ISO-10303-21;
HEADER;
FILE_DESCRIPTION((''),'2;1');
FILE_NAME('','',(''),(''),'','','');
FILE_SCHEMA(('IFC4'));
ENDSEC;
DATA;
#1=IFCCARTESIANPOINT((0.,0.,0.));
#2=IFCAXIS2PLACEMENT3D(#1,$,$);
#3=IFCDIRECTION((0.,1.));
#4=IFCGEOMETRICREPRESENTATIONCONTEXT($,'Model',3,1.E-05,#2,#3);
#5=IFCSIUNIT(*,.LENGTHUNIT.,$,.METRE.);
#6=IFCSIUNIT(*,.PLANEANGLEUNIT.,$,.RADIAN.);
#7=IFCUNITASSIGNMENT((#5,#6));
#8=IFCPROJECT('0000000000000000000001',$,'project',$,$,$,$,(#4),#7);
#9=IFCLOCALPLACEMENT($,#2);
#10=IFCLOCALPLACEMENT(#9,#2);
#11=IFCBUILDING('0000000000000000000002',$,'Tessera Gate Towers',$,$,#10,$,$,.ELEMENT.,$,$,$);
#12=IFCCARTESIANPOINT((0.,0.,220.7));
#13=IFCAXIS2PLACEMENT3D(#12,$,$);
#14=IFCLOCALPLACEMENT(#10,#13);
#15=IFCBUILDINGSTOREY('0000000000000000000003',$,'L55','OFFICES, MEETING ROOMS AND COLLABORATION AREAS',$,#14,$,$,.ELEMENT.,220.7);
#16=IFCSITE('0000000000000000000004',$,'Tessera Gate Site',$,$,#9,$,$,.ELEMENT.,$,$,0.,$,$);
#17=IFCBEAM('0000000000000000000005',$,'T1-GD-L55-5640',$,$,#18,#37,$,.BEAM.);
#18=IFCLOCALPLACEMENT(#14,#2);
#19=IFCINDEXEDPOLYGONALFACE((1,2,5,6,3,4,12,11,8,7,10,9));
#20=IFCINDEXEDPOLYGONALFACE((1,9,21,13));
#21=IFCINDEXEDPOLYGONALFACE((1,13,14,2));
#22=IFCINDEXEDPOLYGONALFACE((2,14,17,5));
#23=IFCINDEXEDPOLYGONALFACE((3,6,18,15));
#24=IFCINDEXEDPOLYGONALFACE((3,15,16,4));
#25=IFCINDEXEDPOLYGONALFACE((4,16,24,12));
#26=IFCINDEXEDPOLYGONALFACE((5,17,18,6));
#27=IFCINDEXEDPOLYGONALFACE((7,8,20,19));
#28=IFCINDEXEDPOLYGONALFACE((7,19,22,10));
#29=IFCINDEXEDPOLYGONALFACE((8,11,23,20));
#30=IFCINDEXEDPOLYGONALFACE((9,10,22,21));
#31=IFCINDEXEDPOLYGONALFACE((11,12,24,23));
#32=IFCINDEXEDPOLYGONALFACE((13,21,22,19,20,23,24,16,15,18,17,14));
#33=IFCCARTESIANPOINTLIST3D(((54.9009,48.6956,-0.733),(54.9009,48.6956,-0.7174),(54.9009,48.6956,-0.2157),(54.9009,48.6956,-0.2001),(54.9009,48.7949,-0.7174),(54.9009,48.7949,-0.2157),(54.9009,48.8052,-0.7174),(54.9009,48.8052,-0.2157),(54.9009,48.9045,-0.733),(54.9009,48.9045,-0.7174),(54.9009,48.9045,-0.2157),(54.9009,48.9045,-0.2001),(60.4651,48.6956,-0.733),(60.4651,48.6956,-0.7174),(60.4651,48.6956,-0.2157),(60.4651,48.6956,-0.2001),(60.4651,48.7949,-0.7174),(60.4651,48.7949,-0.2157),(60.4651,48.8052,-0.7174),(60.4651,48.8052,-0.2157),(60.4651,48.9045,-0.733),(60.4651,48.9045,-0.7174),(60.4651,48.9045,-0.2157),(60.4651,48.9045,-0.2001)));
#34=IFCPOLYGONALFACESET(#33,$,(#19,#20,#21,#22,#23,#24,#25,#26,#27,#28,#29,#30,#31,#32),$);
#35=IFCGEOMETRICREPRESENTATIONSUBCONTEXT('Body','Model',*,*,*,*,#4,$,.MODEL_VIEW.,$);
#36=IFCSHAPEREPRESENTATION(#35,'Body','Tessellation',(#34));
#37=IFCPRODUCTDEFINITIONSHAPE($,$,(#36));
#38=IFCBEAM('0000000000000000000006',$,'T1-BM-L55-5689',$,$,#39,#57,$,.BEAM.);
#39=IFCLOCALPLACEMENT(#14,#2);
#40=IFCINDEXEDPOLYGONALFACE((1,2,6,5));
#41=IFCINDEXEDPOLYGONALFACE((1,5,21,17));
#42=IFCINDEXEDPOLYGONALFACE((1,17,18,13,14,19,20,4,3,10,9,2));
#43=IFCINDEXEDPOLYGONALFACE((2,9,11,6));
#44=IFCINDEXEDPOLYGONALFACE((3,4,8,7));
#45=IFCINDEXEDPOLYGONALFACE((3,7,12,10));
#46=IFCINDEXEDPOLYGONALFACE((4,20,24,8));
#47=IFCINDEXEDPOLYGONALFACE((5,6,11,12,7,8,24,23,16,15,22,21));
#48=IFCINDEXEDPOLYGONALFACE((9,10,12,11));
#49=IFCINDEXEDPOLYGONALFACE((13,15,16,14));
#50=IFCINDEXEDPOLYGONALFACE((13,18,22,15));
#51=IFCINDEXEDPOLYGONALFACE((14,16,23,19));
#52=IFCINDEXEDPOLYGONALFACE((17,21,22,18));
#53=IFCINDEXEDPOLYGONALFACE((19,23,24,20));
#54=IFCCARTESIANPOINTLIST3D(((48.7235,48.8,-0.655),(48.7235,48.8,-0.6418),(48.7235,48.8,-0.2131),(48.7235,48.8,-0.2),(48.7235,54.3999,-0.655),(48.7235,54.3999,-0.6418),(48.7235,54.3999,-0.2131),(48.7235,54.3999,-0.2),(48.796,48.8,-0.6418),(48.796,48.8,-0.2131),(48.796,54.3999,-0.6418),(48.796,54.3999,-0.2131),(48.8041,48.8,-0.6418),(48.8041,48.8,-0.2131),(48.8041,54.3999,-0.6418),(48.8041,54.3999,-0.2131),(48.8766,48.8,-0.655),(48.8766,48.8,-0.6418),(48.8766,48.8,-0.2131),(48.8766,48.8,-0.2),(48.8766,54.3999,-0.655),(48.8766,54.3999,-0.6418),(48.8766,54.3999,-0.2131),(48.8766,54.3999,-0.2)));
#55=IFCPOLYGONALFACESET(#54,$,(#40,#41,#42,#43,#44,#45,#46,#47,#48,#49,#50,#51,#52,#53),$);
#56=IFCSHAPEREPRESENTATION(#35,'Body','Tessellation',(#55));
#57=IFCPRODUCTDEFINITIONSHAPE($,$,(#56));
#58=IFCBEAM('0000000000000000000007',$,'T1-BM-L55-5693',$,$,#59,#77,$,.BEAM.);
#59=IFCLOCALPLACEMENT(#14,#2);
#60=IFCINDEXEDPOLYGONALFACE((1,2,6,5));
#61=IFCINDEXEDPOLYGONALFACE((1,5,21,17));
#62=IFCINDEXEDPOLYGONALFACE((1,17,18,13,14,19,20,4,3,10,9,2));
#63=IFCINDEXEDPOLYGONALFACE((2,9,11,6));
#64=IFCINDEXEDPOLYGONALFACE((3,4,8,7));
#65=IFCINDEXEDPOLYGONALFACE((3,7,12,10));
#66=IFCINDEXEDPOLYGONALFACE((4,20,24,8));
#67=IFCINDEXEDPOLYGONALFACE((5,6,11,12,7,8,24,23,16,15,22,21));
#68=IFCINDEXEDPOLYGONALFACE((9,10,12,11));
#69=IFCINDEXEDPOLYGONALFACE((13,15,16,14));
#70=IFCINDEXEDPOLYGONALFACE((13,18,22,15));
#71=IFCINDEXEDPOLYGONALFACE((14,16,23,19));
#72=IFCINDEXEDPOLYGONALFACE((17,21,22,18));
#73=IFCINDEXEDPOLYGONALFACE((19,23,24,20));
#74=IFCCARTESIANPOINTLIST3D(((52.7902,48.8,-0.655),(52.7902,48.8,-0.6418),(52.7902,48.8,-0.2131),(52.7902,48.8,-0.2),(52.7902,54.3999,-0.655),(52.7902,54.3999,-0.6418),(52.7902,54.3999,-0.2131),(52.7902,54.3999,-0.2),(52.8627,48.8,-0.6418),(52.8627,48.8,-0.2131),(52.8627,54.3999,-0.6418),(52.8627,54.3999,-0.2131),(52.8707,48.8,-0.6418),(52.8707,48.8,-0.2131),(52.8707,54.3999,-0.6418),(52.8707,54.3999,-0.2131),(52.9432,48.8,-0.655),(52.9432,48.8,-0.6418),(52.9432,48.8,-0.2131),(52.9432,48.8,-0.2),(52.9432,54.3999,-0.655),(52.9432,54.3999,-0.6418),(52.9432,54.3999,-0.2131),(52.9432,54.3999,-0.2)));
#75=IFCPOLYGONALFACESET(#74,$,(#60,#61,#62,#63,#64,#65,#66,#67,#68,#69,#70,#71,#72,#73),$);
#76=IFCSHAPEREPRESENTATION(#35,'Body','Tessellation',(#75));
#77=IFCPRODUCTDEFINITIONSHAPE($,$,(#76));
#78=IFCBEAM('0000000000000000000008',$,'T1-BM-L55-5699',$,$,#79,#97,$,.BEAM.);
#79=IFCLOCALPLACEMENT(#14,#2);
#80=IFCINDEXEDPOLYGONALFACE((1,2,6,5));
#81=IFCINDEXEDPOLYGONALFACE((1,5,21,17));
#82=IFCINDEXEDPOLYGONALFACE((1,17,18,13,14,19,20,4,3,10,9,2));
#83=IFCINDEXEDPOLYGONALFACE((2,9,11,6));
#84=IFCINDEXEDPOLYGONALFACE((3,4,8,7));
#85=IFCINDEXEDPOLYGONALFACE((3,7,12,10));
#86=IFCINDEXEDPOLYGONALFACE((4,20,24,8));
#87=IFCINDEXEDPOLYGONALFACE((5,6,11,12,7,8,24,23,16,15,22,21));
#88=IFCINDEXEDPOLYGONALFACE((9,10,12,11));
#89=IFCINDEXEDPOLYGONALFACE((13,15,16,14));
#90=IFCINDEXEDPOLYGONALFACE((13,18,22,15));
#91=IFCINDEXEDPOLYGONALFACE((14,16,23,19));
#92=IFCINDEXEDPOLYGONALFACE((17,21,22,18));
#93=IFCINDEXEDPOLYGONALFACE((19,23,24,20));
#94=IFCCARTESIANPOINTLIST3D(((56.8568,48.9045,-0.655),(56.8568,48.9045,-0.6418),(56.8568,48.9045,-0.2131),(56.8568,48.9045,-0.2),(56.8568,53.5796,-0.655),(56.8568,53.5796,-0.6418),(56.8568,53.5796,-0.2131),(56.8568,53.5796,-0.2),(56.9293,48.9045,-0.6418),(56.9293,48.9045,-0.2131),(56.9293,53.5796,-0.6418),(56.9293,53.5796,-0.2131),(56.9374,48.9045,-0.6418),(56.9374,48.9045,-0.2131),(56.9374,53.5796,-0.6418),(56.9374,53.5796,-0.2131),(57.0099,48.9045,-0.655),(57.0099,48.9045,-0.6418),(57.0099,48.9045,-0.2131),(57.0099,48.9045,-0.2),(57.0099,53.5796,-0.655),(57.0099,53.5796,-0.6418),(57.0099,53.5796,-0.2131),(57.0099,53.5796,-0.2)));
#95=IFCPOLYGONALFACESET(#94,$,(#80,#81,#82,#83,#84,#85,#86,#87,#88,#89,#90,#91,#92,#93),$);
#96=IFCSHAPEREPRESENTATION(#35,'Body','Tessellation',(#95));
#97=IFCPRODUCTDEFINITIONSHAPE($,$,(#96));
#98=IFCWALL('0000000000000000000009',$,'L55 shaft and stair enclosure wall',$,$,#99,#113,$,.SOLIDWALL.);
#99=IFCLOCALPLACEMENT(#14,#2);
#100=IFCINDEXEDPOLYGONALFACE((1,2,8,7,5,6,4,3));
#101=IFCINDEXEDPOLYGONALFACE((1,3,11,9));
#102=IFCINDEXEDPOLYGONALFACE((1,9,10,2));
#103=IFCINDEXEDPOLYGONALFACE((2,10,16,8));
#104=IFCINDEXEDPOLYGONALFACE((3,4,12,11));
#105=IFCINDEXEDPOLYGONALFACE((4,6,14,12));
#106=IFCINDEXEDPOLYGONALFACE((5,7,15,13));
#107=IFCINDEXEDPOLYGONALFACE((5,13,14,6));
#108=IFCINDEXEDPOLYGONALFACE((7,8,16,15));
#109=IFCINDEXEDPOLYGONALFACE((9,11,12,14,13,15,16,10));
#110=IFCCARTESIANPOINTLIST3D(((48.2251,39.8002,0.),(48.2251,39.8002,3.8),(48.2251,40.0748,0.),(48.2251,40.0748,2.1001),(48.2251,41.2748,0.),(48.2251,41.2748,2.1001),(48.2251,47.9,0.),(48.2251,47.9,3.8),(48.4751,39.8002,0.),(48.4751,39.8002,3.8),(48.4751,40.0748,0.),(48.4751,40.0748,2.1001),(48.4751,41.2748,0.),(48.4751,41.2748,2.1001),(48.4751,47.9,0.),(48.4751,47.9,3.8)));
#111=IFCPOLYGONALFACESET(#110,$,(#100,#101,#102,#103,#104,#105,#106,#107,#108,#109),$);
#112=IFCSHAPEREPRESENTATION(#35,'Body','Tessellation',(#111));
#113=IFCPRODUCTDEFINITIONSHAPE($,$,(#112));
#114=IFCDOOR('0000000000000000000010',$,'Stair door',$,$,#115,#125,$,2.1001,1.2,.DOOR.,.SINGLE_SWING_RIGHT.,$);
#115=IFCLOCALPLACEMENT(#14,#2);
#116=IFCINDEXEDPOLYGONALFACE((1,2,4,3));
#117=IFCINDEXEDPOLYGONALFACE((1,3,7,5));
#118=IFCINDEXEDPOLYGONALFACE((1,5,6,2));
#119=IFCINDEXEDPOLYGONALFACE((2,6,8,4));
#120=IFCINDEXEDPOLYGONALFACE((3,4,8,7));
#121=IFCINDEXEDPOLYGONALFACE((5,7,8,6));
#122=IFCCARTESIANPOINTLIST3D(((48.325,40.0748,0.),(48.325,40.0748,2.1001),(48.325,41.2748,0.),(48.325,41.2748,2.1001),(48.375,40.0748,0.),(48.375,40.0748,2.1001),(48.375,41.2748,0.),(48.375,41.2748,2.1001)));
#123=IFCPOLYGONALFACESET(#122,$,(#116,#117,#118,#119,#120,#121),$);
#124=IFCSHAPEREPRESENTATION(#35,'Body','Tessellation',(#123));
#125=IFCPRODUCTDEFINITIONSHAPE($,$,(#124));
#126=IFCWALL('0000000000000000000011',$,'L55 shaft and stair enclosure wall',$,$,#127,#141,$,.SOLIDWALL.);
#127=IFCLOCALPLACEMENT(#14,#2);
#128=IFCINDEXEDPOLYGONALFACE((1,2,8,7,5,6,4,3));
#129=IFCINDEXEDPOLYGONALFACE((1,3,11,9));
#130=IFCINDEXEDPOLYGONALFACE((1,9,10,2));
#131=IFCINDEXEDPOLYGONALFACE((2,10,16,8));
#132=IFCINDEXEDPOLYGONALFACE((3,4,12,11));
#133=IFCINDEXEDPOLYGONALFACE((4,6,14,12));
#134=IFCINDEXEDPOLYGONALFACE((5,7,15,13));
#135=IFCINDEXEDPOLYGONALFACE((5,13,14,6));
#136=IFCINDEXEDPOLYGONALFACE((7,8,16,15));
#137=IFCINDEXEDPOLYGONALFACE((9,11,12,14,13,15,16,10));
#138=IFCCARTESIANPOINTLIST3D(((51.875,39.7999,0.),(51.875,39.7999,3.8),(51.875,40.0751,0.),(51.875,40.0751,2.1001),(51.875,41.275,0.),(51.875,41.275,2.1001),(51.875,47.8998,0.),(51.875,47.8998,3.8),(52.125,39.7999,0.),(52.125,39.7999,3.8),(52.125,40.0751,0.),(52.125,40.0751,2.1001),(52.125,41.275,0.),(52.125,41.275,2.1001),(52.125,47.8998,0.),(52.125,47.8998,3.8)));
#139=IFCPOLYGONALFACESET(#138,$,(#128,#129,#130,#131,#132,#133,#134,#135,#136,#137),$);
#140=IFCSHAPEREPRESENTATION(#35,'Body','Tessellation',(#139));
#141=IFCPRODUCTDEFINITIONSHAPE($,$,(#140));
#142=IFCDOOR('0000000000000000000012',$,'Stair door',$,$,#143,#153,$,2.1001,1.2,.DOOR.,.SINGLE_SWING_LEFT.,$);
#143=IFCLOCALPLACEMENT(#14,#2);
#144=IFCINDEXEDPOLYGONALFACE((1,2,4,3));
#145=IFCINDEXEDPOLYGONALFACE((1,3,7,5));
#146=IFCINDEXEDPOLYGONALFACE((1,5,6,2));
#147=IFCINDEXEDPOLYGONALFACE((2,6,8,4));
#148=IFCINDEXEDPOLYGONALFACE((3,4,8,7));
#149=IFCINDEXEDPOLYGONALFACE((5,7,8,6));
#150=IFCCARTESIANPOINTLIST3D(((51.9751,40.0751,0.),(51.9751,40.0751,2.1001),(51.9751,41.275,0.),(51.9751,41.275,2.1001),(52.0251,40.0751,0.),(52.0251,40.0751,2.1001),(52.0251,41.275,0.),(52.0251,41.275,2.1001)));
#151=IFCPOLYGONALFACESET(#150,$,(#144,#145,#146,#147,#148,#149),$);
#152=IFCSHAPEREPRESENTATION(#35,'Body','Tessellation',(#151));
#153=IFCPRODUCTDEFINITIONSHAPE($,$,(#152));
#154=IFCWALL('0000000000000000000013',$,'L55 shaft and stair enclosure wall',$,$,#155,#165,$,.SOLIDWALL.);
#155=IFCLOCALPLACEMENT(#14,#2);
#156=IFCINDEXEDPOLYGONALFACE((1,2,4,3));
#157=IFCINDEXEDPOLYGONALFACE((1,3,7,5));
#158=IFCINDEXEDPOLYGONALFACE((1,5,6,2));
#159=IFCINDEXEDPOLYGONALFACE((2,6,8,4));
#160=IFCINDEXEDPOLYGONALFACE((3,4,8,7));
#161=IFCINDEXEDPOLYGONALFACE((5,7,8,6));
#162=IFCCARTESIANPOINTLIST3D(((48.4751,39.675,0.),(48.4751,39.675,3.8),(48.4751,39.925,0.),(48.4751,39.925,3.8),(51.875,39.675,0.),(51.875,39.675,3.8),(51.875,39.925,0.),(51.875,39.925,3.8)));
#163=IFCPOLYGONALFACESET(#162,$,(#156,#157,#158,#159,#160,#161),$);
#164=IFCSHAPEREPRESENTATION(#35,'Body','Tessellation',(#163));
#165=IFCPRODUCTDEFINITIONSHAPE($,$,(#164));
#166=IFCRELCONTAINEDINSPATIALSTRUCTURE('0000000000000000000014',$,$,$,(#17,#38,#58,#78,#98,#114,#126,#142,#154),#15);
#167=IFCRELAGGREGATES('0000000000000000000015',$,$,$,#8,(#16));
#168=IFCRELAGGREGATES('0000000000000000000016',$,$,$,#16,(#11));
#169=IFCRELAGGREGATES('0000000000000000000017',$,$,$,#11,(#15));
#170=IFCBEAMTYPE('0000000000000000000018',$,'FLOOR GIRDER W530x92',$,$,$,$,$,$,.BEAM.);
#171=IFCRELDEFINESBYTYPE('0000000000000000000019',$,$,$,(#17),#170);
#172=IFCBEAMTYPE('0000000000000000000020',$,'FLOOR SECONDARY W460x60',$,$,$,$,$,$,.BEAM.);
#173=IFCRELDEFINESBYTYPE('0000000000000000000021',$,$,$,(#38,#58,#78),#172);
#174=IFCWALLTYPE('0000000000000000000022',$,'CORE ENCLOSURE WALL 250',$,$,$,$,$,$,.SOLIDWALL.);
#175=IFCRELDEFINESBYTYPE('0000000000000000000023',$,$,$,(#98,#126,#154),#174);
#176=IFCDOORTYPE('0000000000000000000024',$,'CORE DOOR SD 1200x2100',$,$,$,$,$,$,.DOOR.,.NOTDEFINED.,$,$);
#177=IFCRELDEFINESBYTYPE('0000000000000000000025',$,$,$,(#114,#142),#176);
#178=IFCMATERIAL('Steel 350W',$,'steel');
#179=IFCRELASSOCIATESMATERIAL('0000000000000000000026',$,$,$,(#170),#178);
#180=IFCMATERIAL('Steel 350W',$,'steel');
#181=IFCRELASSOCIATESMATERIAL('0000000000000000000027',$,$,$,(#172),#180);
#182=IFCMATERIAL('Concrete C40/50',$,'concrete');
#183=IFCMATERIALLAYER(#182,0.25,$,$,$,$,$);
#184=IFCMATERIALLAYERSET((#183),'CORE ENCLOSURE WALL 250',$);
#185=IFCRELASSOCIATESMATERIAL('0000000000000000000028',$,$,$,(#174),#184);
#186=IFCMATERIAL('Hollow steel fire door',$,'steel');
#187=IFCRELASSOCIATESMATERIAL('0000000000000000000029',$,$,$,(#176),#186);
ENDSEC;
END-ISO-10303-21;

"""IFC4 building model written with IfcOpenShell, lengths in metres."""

from ifc_helpers import new_model, si_unit, direction, frame, frame_2d, origin, origin_2d, place, context, subcontext, project, spatial, rectangle, i_section, extrude, source, transform, mapped, material, layer, layer_set, material_profile, profile_set, type_object, element, fill, save


model = new_model("IFC4")

# Units and contexts
model_context = context("Model", 3, precision=1e-05, world=origin(), true_north=direction((0.0, 1.0)))
body_context = subcontext(model_context, "Body", "Model", "MODEL_VIEW")
ifc_project = project(units=[si_unit("LENGTHUNIT", "METRE"), si_unit("PLANEANGLEUNIT", "RADIAN")], contexts=[model_context])

# Site, building, storey
site_placement = place(None, origin())
site = spatial("IfcSite", under=ifc_project, at=site_placement, Name="Tessera Gate Site", CompositionType="ELEMENT", RefElevation=0.0)
building_placement = place(site_placement, origin())
building = spatial("IfcBuilding", under=site, at=building_placement, Name="Tessera Gate Towers", CompositionType="ELEMENT")
storey_placement = place(building_placement, frame((0.0, 0.0, 220.7)))
storey = spatial("IfcBuildingStorey", under=building, at=storey_placement, Name="L55", Description="OFFICES, MEETING ROOMS AND COLLABORATION AREAS", CompositionType="ELEMENT", Elevation=220.7)

# Beams
ifc_material_1 = material(Name="Steel 350W", Category="steel")
ifc_material_profile_1 = material_profile(ifc_material_1, i_section(OverallWidth=0.209, OverallDepth=0.533, WebThickness=0.0103, FlangeThickness=0.0156, at=origin_2d()), Name="W530x92")
ifc_profile_set_1 = profile_set([ifc_material_profile_1], Name="Steel 350W")
beam_type_1 = type_object("IfcBeamType", Name="FLOOR GIRDER W530x92", PredefinedType="BEAM", material=ifc_profile_set_1)
beam_1_placement = place(storey_placement, frame((54.9009, 48.8, -0.4666), z_axis=(1.0, 0.0, 0.0), x_axis=(0.0, 1.0, 0.0)))
element("IfcBeam", 1, at=beam_1_placement, inside=storey, type_object=beam_type_1, Name="T1-GD-L55-5640", PredefinedType="BEAM", context=body_context, shape_type="SweptSolid", body=[
    extrude(i_section(OverallWidth=0.209, OverallDepth=0.533, WebThickness=0.0103, FlangeThickness=0.0156, at=origin_2d()), origin(), (0.0, 0.0, 1.0), 5.5642),
])
ifc_material_2 = material(Name="Steel 350W", Category="steel")
ifc_material_profile_2 = material_profile(ifc_material_2, i_section(OverallWidth=0.1531, OverallDepth=0.4551, WebThickness=0.0081, FlangeThickness=0.0132, at=origin_2d()), Name="W460x60")
ifc_profile_set_2 = profile_set([ifc_material_profile_2], Name="Steel 350W")
beam_type_2 = type_object("IfcBeamType", Name="FLOOR SECONDARY W460x60", PredefinedType="BEAM", material=ifc_profile_set_2)
for number, where, z_axis, x_axis, name in (
    (2, (48.8, 48.8, -0.4275), (0.0, 1.0, 0.0), (-1.0, 0.0, 0.0), "T1-BM-L55-5689"),
    (3, (52.8667, 48.8, -0.4275), (0.0, 1.0, 0.0), (-1.0, 0.0, 0.0), "T1-BM-L55-5693"),
):
    element("IfcBeam", number, at=place(storey_placement, frame(where, z_axis=z_axis, x_axis=x_axis)), inside=storey, type_object=beam_type_2, Name=name, PredefinedType="BEAM", context=body_context, shape_type="SweptSolid", body=[
        extrude(i_section(OverallWidth=0.1531, OverallDepth=0.4551, WebThickness=0.0081, FlangeThickness=0.0132, at=origin_2d()), origin(), (0.0, 0.0, 1.0), 5.5999),
    ])
beam_2_placement = place(storey_placement, frame((56.9333, 48.9045, -0.4275), z_axis=(0.0, 1.0, 0.0), x_axis=(-1.0, 0.0, 0.0)))
element("IfcBeam", 4, at=beam_2_placement, inside=storey, type_object=beam_type_2, Name="T1-BM-L55-5699", PredefinedType="BEAM", context=body_context, shape_type="SweptSolid", body=[
    extrude(i_section(OverallWidth=0.1531, OverallDepth=0.4551, WebThickness=0.0081, FlangeThickness=0.0132, at=origin_2d()), origin(), (0.0, 0.0, 1.0), 4.675),
])

# Walls, openings, doors
ifc_material_3 = material(Name="Concrete C40/50", Category="concrete")
ifc_layer_1 = layer(ifc_material_3, 0.25)
ifc_layer_set_1 = layer_set([ifc_layer_1], Name="CORE ENCLOSURE WALL 250")
wall_type_1 = type_object("IfcWallType", Name="CORE ENCLOSURE WALL 250", PredefinedType="SOLIDWALL", material=ifc_layer_set_1)
wall_1_placement = place(storey_placement, frame((48.3501, 47.8999, 0.0), z_axis=(0.0, 0.0, 1.0), x_axis=(0.0, -1.0, 0.0)))
wall_1 = element("IfcWall", 5, at=wall_1_placement, inside=storey, type_object=wall_type_1, Name="L55 shaft and stair enclosure wall", PredefinedType="SOLIDWALL", context=body_context, shape_type="SweptSolid", body=[
    extrude(rectangle(XDim=8.0999, YDim=0.25, at=frame_2d((4.0498, 0.0))), origin(), (0.0, 0.0, 1.0), 3.8),
])
shared_shape_1 = source(origin(), body_context, "Body", "SweptSolid", [
    extrude(rectangle(XDim=1.2, YDim=2.1001, at=frame_2d((0.6001, 1.05))), frame((0.0, 0.135, 0.0), z_axis=(0.0, -1.0, 0.0), x_axis=(1.0, 0.0, 0.0)), (0.0, 0.0, 1.0), 0.27),
])
opening_1_placement = place(wall_1_placement, frame((6.625, 0.0, 0.0)))
opening_1 = element("IfcOpeningElement", 6, at=opening_1_placement, cuts=wall_1, PredefinedType="OPENING", context=body_context, shape_type="MappedRepresentation", body=[
    mapped(shared_shape_1, transform((0.0, 0.0, 0.0), scale=1.0)),
])
ifc_material_4 = material(Name="Hollow steel fire door", Category="steel")
door_type_1 = type_object("IfcDoorType", Name="CORE DOOR SD 1200x2100", OperationType="NOTDEFINED", PredefinedType="DOOR", material=ifc_material_4)
shared_shape_2 = source(origin(), body_context, "Body", "SweptSolid", [
    extrude(rectangle(XDim=1.2, YDim=2.1001, at=frame_2d((0.6001, 1.05))), frame((0.0, 0.0249, 0.0), z_axis=(0.0, -1.0, 0.0), x_axis=(1.0, 0.0, 0.0)), (0.0, 0.0, 1.0), 0.05),
])
door_1_placement = place(opening_1_placement, origin())
door_1 = element("IfcDoor", 7, at=door_1_placement, inside=storey, type_object=door_type_1, Name="Stair door", OperationType="SINGLE_SWING_RIGHT", OverallHeight=2.1001, OverallWidth=1.2, PredefinedType="DOOR", context=body_context, shape_type="MappedRepresentation", body=[
    mapped(shared_shape_2, transform((0.0, 0.0, 0.0), scale=1.0)),
])
fill(opening_1, door_1)
wall_2_placement = place(storey_placement, frame((52.0, 39.8, 0.0), z_axis=(0.0, 0.0, 1.0), x_axis=(0.0, 1.0, 0.0)))
wall_2 = element("IfcWall", 8, at=wall_2_placement, inside=storey, type_object=wall_type_1, Name="L55 shaft and stair enclosure wall", PredefinedType="SOLIDWALL", context=body_context, shape_type="SweptSolid", body=[
    extrude(rectangle(XDim=8.0999, YDim=0.25, at=frame_2d((4.0498, 0.0))), origin(), (0.0, 0.0, 1.0), 3.8),
])
opening_2_placement = place(wall_2_placement, frame((0.2749, 0.0, 0.0)))
opening_2 = element("IfcOpeningElement", 9, at=opening_2_placement, cuts=wall_2, PredefinedType="OPENING", context=body_context, shape_type="MappedRepresentation", body=[
    mapped(shared_shape_1, transform((0.0, 0.0, 0.0), scale=1.0)),
])
door_2_placement = place(opening_2_placement, origin())
door_2 = element("IfcDoor", 10, at=door_2_placement, inside=storey, type_object=door_type_1, Name="Stair door", OperationType="SINGLE_SWING_LEFT", OverallHeight=2.1001, OverallWidth=1.2, PredefinedType="DOOR", context=body_context, shape_type="MappedRepresentation", body=[
    mapped(shared_shape_2, transform((0.0, 0.0, 0.0), scale=1.0)),
])
fill(opening_2, door_2)

# Wall
wall_3_placement = place(storey_placement, frame((48.4751, 39.8, 0.0), z_axis=(0.0, 0.0, 1.0), x_axis=(1.0, 0.0, 0.0)))
element("IfcWall", 11, at=wall_3_placement, inside=storey, type_object=wall_type_1, Name="L55 shaft and stair enclosure wall", PredefinedType="SOLIDWALL", context=body_context, shape_type="SweptSolid", body=[
    extrude(rectangle(XDim=3.3999, YDim=0.25, at=frame_2d((1.7, 0.0))), origin(), (0.0, 0.0, 1.0), 3.8),
])

save(model, "model.ifc")
